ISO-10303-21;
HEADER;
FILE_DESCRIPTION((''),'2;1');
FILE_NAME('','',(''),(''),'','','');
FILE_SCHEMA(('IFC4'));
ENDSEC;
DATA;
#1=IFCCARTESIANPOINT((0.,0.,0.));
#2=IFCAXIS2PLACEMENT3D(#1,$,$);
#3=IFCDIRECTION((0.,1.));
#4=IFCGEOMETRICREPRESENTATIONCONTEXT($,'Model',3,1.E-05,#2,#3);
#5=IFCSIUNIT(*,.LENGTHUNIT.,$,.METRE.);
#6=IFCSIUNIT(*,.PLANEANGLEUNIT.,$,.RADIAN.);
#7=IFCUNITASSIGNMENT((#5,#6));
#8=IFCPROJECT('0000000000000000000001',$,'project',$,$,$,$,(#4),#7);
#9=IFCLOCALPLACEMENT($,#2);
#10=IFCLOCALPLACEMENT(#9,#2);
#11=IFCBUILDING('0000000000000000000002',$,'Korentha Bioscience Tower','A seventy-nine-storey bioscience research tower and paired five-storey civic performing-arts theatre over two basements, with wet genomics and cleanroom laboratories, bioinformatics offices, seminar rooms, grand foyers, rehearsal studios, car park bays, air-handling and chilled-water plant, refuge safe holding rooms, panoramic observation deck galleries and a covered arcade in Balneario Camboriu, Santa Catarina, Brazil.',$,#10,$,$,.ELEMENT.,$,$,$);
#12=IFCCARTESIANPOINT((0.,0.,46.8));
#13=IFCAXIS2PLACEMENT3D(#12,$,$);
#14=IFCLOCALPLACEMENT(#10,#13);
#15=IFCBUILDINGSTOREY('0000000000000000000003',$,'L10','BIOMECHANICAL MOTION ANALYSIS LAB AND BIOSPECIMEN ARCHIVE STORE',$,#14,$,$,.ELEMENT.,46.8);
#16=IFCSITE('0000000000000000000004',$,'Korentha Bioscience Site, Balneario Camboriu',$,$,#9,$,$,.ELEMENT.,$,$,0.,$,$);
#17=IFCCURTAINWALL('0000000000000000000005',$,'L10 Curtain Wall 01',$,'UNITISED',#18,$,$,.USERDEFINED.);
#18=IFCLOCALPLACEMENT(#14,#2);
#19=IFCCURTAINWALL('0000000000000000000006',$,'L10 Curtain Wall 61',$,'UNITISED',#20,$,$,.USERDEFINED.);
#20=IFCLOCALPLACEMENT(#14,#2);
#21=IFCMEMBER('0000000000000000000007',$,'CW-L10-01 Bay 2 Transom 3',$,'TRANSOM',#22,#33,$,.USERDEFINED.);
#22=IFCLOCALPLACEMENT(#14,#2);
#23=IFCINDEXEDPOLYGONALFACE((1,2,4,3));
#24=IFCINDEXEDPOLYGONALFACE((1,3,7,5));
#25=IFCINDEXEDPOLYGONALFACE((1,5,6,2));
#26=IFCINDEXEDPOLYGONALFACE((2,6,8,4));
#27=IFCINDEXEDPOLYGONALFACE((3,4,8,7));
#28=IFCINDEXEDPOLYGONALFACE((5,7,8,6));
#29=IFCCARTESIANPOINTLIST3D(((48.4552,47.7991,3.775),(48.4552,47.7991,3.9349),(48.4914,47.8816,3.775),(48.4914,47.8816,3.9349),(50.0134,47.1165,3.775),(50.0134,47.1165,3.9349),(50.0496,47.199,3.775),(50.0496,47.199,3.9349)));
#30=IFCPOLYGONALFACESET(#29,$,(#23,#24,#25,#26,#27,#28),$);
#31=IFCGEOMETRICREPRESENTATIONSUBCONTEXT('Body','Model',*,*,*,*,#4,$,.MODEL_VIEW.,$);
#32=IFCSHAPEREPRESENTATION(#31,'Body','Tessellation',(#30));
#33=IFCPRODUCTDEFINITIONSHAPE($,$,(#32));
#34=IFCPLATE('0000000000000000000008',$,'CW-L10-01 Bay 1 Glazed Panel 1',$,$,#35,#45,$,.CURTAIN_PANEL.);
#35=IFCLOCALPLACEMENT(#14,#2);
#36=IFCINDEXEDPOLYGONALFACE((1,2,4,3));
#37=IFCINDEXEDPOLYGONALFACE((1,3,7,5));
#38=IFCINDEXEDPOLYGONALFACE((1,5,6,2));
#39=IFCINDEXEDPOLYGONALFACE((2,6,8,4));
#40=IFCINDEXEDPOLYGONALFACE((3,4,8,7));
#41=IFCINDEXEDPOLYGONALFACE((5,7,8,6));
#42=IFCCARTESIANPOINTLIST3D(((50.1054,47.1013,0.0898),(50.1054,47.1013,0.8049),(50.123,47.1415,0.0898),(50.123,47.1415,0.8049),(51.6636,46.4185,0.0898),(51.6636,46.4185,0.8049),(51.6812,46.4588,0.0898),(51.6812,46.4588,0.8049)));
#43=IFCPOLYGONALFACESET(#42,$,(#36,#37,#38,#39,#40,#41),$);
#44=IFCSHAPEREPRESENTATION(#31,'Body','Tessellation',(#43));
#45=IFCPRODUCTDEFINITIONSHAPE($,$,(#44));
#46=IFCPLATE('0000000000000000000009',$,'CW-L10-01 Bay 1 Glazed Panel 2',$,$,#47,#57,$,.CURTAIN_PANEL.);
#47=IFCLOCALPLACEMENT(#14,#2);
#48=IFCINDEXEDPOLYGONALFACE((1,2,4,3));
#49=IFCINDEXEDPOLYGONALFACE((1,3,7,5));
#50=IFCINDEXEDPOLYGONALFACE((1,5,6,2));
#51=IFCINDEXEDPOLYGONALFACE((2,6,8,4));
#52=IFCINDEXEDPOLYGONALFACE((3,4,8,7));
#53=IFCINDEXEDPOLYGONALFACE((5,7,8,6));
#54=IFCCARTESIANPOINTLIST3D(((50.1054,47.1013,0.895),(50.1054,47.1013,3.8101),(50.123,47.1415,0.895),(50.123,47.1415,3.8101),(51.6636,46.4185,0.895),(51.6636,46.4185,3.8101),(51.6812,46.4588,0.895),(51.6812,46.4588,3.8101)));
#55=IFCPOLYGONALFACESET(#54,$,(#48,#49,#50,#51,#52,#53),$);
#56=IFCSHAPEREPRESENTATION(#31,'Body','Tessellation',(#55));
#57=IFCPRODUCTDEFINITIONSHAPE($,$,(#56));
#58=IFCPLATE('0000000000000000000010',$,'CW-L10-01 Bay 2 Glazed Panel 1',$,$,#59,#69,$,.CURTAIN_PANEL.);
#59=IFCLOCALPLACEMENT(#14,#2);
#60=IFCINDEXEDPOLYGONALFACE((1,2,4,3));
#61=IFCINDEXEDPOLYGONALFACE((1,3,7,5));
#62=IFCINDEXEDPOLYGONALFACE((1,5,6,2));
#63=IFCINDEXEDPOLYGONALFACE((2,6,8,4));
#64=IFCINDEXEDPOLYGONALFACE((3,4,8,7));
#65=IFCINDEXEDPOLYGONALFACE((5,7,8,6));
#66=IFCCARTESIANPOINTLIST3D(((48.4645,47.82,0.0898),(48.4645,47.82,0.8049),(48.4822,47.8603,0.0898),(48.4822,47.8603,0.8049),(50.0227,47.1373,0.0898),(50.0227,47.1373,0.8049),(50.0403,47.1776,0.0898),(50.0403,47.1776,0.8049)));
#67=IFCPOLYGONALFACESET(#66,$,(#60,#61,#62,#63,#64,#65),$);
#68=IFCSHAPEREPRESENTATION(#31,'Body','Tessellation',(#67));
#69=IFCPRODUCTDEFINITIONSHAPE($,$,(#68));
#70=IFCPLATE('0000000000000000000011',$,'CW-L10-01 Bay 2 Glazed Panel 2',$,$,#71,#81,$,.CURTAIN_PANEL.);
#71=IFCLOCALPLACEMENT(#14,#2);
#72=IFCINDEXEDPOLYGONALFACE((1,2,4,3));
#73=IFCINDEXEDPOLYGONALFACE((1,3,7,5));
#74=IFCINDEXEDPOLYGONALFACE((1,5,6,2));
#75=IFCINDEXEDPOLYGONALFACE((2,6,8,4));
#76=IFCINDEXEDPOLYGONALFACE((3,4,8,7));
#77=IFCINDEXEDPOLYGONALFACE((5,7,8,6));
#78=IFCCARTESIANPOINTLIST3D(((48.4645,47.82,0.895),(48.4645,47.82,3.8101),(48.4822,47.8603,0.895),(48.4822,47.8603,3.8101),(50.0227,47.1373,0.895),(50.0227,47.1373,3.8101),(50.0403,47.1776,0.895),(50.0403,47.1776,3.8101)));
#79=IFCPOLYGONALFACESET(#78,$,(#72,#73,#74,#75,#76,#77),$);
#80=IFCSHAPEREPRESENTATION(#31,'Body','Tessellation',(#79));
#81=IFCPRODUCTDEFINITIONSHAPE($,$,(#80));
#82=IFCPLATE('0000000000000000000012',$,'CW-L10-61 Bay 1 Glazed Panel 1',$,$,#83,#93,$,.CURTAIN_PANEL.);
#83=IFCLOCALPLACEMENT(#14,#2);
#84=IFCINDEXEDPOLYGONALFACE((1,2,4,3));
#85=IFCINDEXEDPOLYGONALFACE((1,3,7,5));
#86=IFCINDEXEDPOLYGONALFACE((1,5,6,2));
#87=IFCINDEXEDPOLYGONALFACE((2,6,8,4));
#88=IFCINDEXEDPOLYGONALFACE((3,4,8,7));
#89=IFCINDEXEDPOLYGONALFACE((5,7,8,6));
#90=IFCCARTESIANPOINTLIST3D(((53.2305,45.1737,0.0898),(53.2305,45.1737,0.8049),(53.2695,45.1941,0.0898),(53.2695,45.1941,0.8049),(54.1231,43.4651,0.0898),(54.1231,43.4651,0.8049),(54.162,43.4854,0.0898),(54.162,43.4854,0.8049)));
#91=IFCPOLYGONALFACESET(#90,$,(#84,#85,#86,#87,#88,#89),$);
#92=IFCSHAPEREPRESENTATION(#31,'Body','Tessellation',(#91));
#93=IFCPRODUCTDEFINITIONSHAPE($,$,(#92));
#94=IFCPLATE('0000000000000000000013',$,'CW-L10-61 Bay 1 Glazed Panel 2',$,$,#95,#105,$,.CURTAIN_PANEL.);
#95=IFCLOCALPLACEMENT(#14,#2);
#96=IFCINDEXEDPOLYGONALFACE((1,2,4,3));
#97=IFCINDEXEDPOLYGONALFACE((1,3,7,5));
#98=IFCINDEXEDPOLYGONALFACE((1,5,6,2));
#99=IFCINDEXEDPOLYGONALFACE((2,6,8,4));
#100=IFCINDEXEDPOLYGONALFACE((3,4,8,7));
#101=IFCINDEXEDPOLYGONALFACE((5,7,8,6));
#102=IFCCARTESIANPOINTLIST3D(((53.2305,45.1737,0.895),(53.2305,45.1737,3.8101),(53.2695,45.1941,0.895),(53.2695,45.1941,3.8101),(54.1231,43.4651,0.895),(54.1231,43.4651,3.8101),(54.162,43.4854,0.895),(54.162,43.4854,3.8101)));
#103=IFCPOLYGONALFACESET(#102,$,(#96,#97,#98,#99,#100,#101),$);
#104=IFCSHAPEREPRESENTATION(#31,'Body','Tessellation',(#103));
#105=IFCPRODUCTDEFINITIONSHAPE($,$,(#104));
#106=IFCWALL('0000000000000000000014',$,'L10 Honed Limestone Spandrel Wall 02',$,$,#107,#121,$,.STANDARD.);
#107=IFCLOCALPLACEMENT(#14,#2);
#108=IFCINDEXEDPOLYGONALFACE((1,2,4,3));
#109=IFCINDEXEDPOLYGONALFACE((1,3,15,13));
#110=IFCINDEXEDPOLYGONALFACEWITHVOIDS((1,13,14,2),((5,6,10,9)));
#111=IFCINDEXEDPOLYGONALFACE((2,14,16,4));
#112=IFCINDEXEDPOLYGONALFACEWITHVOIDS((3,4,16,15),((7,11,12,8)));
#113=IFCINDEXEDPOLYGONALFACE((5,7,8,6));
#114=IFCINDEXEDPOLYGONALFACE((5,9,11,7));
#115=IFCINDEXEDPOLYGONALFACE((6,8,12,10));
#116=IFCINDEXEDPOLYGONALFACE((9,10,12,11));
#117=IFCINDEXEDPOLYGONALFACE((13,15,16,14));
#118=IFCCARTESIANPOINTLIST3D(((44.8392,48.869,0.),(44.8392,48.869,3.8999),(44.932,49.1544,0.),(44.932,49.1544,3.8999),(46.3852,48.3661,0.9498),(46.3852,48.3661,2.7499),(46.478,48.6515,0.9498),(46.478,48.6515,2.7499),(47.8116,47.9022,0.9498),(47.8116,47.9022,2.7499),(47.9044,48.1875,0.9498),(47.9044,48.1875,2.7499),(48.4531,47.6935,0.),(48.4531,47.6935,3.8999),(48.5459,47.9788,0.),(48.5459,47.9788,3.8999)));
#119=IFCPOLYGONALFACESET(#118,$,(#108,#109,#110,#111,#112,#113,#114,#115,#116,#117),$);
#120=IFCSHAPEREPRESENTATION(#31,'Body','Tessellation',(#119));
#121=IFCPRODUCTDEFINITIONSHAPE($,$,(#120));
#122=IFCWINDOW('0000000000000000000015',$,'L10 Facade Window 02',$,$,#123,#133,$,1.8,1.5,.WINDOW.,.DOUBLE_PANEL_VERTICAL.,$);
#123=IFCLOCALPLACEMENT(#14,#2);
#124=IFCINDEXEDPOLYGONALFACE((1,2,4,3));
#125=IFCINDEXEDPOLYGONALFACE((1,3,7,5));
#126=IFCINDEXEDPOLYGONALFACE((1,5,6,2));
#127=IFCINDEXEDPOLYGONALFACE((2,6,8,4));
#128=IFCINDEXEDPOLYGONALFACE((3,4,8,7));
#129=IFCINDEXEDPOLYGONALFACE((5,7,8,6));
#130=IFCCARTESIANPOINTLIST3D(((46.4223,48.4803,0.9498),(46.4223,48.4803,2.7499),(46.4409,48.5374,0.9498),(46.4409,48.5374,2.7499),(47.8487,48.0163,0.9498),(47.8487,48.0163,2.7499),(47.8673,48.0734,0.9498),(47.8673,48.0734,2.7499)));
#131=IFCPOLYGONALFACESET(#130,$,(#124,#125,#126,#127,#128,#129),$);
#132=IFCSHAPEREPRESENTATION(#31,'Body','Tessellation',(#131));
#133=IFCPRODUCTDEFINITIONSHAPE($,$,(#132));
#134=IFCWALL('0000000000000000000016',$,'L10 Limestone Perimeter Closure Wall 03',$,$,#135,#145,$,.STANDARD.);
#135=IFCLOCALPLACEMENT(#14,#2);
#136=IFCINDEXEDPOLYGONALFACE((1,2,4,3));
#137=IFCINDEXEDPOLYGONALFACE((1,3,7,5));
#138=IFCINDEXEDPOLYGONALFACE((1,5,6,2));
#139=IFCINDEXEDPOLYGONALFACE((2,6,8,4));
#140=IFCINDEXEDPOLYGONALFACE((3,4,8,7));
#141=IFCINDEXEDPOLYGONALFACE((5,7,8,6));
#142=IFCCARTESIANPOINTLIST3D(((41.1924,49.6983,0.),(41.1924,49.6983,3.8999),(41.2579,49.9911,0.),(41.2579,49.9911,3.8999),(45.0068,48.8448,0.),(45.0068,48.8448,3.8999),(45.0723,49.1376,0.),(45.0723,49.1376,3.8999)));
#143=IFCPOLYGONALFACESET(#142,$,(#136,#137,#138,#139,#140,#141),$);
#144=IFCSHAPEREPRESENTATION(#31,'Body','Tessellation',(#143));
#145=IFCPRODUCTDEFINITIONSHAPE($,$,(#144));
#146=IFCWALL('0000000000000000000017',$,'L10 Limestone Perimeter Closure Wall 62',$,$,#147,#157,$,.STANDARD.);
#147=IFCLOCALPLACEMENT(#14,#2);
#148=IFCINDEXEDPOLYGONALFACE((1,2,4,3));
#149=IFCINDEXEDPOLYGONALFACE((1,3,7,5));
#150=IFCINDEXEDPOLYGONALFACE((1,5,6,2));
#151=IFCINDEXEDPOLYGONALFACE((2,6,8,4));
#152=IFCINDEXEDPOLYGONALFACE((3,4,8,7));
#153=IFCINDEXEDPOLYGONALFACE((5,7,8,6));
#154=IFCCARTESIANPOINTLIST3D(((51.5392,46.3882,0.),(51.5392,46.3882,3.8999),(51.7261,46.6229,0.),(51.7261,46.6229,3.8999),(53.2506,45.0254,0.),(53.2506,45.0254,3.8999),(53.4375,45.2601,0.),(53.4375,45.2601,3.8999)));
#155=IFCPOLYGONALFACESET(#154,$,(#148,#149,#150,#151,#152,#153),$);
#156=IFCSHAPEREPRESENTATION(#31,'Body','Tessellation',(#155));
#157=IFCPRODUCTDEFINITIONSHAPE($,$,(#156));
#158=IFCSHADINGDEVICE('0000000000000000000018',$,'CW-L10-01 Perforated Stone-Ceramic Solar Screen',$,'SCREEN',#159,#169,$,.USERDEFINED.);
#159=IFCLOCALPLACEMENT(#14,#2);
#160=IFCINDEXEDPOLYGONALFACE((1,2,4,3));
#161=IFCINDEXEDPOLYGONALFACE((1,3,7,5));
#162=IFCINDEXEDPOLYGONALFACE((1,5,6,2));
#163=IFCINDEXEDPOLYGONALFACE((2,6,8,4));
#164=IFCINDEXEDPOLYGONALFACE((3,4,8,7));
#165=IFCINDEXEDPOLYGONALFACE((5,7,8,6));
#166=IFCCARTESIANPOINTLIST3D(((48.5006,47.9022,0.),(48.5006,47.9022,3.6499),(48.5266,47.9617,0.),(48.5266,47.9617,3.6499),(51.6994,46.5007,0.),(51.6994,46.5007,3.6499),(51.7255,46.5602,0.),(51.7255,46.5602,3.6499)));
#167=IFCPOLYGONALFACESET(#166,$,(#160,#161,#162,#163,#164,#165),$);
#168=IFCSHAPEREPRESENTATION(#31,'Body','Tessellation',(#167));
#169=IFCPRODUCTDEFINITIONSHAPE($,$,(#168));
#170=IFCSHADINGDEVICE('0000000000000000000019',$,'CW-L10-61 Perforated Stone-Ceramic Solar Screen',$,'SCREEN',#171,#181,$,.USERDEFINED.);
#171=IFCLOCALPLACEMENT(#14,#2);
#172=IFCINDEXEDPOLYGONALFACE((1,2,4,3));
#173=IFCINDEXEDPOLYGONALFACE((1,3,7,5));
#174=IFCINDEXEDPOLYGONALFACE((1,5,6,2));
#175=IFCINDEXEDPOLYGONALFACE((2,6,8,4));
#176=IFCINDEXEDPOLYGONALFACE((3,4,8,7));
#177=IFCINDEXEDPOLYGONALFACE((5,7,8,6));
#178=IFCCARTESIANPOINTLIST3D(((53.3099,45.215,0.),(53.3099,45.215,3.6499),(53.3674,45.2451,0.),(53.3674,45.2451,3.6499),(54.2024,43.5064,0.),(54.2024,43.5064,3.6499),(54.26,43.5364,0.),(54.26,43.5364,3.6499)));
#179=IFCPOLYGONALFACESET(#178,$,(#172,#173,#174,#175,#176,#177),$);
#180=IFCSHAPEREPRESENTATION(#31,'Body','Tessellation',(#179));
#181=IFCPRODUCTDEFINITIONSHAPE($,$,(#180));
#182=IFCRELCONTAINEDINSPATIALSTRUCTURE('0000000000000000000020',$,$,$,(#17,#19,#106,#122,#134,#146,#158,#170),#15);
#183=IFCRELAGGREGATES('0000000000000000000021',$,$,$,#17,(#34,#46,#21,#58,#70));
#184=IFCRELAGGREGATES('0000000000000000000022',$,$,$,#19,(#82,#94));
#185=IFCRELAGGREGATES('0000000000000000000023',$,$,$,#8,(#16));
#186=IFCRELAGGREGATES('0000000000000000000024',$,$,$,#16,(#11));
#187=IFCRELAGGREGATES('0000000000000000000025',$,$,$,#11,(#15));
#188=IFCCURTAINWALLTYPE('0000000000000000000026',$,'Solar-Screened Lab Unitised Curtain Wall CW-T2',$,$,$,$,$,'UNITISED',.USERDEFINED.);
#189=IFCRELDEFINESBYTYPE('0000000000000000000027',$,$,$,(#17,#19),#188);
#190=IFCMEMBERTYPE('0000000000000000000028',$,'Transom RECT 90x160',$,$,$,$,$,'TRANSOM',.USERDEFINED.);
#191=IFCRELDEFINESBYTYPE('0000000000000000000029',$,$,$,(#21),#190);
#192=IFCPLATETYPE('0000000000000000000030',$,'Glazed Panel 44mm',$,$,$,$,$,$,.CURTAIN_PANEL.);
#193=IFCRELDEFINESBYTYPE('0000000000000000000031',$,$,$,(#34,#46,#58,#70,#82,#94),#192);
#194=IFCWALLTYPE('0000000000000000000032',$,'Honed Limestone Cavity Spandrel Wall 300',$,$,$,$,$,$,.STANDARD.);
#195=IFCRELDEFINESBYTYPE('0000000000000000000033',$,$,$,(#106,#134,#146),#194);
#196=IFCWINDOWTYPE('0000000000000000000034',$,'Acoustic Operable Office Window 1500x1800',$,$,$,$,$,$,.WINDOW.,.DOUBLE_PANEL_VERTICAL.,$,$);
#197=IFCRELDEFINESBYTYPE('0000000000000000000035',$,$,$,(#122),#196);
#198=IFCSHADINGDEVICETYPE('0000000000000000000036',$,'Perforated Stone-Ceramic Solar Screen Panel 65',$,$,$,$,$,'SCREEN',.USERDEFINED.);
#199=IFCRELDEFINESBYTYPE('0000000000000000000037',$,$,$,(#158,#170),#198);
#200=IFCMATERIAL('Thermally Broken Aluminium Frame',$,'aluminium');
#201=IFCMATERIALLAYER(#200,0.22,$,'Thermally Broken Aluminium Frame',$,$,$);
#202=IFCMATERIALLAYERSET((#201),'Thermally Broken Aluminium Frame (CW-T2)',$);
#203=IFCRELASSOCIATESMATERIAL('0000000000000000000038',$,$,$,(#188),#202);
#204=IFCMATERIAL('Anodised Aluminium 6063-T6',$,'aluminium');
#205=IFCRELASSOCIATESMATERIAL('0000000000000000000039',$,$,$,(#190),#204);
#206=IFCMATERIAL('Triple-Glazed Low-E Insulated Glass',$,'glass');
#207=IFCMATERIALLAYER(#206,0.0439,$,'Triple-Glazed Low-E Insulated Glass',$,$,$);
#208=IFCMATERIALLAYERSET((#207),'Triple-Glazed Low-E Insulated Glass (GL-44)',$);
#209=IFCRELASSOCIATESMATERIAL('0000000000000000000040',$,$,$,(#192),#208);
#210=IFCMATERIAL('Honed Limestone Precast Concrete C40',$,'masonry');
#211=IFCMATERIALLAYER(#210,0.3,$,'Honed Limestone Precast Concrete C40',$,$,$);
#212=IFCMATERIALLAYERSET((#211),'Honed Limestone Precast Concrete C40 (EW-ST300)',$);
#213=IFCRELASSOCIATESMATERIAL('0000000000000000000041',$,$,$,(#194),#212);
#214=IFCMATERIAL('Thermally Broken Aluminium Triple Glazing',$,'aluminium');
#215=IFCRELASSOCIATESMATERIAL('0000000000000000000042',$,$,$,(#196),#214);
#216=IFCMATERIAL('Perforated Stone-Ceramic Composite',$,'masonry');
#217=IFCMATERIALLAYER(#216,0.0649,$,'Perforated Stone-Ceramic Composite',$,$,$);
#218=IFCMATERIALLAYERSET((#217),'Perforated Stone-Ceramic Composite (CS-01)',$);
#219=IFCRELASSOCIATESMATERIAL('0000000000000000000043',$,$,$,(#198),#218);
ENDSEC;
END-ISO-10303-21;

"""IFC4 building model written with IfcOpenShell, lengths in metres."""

from ifc_helpers import new_model, si_unit, direction, frame, frame_2d, origin, origin_2d, place, context, subcontext, project, spatial, rectangle, extrude, material, layer, layer_set, material_profile, profile_set, type_object, element, fill, aggregate, save


model = new_model("IFC4")

# Units and contexts
model_context = context("Model", 3, precision=1e-05, world=origin(), true_north=direction((0.0, 1.0)))
body_context = subcontext(model_context, "Body", "Model", "MODEL_VIEW")
ifc_project = project(units=[si_unit("LENGTHUNIT", "METRE"), si_unit("PLANEANGLEUNIT", "RADIAN")], contexts=[model_context])

# Site, building, storey
site_placement = place(None, origin())
site = spatial("IfcSite", under=ifc_project, at=site_placement, Name="Korentha Bioscience Site, Balneario Camboriu", CompositionType="ELEMENT", RefElevation=0.0)
building_placement = place(site_placement, origin())
building = spatial("IfcBuilding", under=site, at=building_placement, Name="Korentha Bioscience Tower", Description="A seventy-nine-storey bioscience research tower and paired five-storey civic performing-arts theatre over two basements, with wet genomics and cleanroom laboratories, bioinformatics offices, seminar rooms, grand foyers, rehearsal studios, car park bays, air-handling and chilled-water plant, refuge safe holding rooms, panoramic observation deck galleries and a covered arcade in Balneario Camboriu, Santa Catarina, Brazil.", CompositionType="ELEMENT")
storey_placement = place(building_placement, frame((0.0, 0.0, 46.8)))
storey = spatial("IfcBuildingStorey", under=building, at=storey_placement, Name="L10", Description="BIOMECHANICAL MOTION ANALYSIS LAB AND BIOSPECIMEN ARCHIVE STORE", CompositionType="ELEMENT", Elevation=46.8)

# Curtain wall
ifc_material_1 = material(Name="Thermally Broken Aluminium Frame", Category="aluminium")
ifc_layer_1 = layer(ifc_material_1, 0.22, Name="Thermally Broken Aluminium Frame")
ifc_layer_set_1 = layer_set([ifc_layer_1], Name="Thermally Broken Aluminium Frame (CW-T2)")
curtain_wall_type = type_object("IfcCurtainWallType", Name="Solar-Screened Lab Unitised Curtain Wall CW-T2", ElementType="UNITISED", PredefinedType="USERDEFINED", material=ifc_layer_set_1)
curtain_wall_1_placement = place(storey_placement, origin())
curtain_wall_1 = element("IfcCurtainWall", 1, at=curtain_wall_1_placement, inside=storey, type_object=curtain_wall_type, Name="L10 Curtain Wall 01", ObjectType="UNITISED", PredefinedType="USERDEFINED")
ifc_material_2 = material(Name="Anodised Aluminium 6063-T6", Category="aluminium")

# Curtain wall
curtain_wall_2_placement = place(storey_placement, origin())
curtain_wall_2 = element("IfcCurtainWall", 2, at=curtain_wall_2_placement, inside=storey, type_object=curtain_wall_type, Name="L10 Curtain Wall 61", ObjectType="UNITISED", PredefinedType="USERDEFINED")

# Member
ifc_material_profile_1 = material_profile(ifc_material_2, rectangle(XDim=0.0901, YDim=0.1599, at=origin_2d()), Name="Anodised Aluminium 6063-T6")
ifc_profile_set_1 = profile_set([ifc_material_profile_1], Name="Anodised Aluminium 6063-T6 (CW-TRN)")
member_type_1 = type_object("IfcMemberType", Name="Transom RECT 90x160", ElementType="TRANSOM", PredefinedType="USERDEFINED", material=ifc_profile_set_1)
member_1_placement = place(storey_placement, frame((50.0315, 47.1577, 3.855), z_axis=(-0.915953, 0.401286, 0.0), x_axis=(-0.401286, -0.915953, 0.0)))
member_1 = element("IfcMember", 3, at=member_1_placement, type_object=member_type_1, Name="CW-L10-01 Bay 2 Transom 3", ObjectType="TRANSOM", PredefinedType="USERDEFINED", context=body_context, shape_type="SweptSolid", body=[
    extrude(rectangle(XDim=0.0901, YDim=0.1599, at=origin_2d()), origin(), (0.0, 0.0, 1.0), 1.7012),
])

# Plates
ifc_material_3 = material(Name="Triple-Glazed Low-E Insulated Glass", Category="glass")
ifc_layer_2 = layer(ifc_material_3, 0.0439, Name="Triple-Glazed Low-E Insulated Glass")
ifc_layer_set_2 = layer_set([ifc_layer_2], Name="Triple-Glazed Low-E Insulated Glass (GL-44)")
plate_type = type_object("IfcPlateType", Name="Glazed Panel 44mm", PredefinedType="CURTAIN_PANEL", material=ifc_layer_set_2)
plate_1_placement = place(storey_placement, frame((50.8933, 46.78, 0.0898), z_axis=(0.0, 0.0, 1.0), x_axis=(-0.915939, 0.401317, 0.0)))
plate_1 = element("IfcPlate", 4, at=plate_1_placement, type_object=plate_type, Name="CW-L10-01 Bay 1 Glazed Panel 1", PredefinedType="CURTAIN_PANEL", context=body_context, shape_type="SweptSolid", body=[
    extrude(rectangle(XDim=1.7012, YDim=0.0439, at=origin_2d()), origin(), (0.0, 0.0, 1.0), 0.7151),
])
plate_2_placement = place(storey_placement, frame((50.8933, 46.78, 0.895), z_axis=(0.0, 0.0, 1.0), x_axis=(-0.915939, 0.401317, 0.0)))
plate_2 = element("IfcPlate", 5, at=plate_2_placement, type_object=plate_type, Name="CW-L10-01 Bay 1 Glazed Panel 2", PredefinedType="CURTAIN_PANEL", context=body_context, shape_type="SweptSolid", body=[
    extrude(rectangle(XDim=1.7012, YDim=0.0439, at=origin_2d()), origin(), (0.0, 0.0, 1.0), 2.915),
])
plate_3_placement = place(storey_placement, frame((49.2524, 47.4988, 0.0898), z_axis=(0.0, 0.0, 1.0), x_axis=(-0.915939, 0.401317, 0.0)))
plate_3 = element("IfcPlate", 6, at=plate_3_placement, type_object=plate_type, Name="CW-L10-01 Bay 2 Glazed Panel 1", PredefinedType="CURTAIN_PANEL", context=body_context, shape_type="SweptSolid", body=[
    extrude(rectangle(XDim=1.7012, YDim=0.0439, at=origin_2d()), origin(), (0.0, 0.0, 1.0), 0.7151),
])
plate_4_placement = place(storey_placement, frame((49.2524, 47.4988, 0.895), z_axis=(0.0, 0.0, 1.0), x_axis=(-0.915939, 0.401317, 0.0)))
plate_4 = element("IfcPlate", 7, at=plate_4_placement, type_object=plate_type, Name="CW-L10-01 Bay 2 Glazed Panel 2", PredefinedType="CURTAIN_PANEL", context=body_context, shape_type="SweptSolid", body=[
    extrude(rectangle(XDim=1.7012, YDim=0.0439, at=origin_2d()), origin(), (0.0, 0.0, 1.0), 2.915),
])
aggregate(curtain_wall_1, [plate_1, plate_2, member_1, plate_3, plate_4])
plate_5_placement = place(storey_placement, frame((53.6963, 44.3296, 0.0898), z_axis=(0.0, 0.0, 1.0), x_axis=(-0.463009, 0.886354, 0.0)))
plate_5 = element("IfcPlate", 8, at=plate_5_placement, type_object=plate_type, Name="CW-L10-61 Bay 1 Glazed Panel 1", PredefinedType="CURTAIN_PANEL", context=body_context, shape_type="SweptSolid", body=[
    extrude(rectangle(XDim=1.9277, YDim=0.0439, at=origin_2d()), origin(), (0.0, 0.0, 1.0), 0.7151),
])
plate_6_placement = place(storey_placement, frame((53.6963, 44.3296, 0.895), z_axis=(0.0, 0.0, 1.0), x_axis=(-0.463009, 0.886354, 0.0)))
plate_6 = element("IfcPlate", 9, at=plate_6_placement, type_object=plate_type, Name="CW-L10-61 Bay 1 Glazed Panel 2", PredefinedType="CURTAIN_PANEL", context=body_context, shape_type="SweptSolid", body=[
    extrude(rectangle(XDim=1.9277, YDim=0.0439, at=origin_2d()), origin(), (0.0, 0.0, 1.0), 2.915),
])
aggregate(curtain_wall_2, [plate_5, plate_6])

# Wall, opening, window
ifc_material_4 = material(Name="Honed Limestone Precast Concrete C40", Category="masonry")
ifc_layer_3 = layer(ifc_material_4, 0.3, Name="Honed Limestone Precast Concrete C40")
ifc_layer_set_3 = layer_set([ifc_layer_3], Name="Honed Limestone Precast Concrete C40 (EW-ST300)")
wall_type = type_object("IfcWallType", Name="Honed Limestone Cavity Spandrel Wall 300", PredefinedType="STANDARD", material=ifc_layer_set_3)
wall_1_placement = place(storey_placement, frame((48.4995, 47.8362, 0.0), z_axis=(0.0, 0.0, 1.0), x_axis=(-0.950958, 0.30932, 0.0)))
wall_1 = element("IfcWall", 10, at=wall_1_placement, inside=storey, type_object=wall_type, Name="L10 Honed Limestone Spandrel Wall 02", PredefinedType="STANDARD", context=body_context, shape_type="SweptSolid", body=[
    extrude(rectangle(XDim=3.8003, YDim=0.3, at=frame_2d((1.9001, 0.0))), origin(), (0.0, 0.0, 1.0), 3.8999),
])
opening_placement = place(wall_1_placement, frame((0.6746, 0.0, 0.95)))
opening = element("IfcOpeningElement", 11, at=opening_placement, cuts=wall_1, PredefinedType="OPENING", context=body_context, shape_type="SweptSolid", body=[
    extrude(rectangle(XDim=1.5, YDim=1.8, at=frame_2d((0.75, 0.8999))), frame((0.0, 0.165, 0.0), z_axis=(0.0, -1.0, 0.0), x_axis=(1.0, 0.0, 0.0)), (0.0, 0.0, 1.0), 0.3298),
])
ifc_material_5 = material(Name="Thermally Broken Aluminium Triple Glazing", Category="aluminium")
window_type = type_object("IfcWindowType", Name="Acoustic Operable Office Window 1500x1800", PartitioningType="DOUBLE_PANEL_VERTICAL", PredefinedType="WINDOW", material=ifc_material_5)
window_placement = place(opening_placement, origin())
window = element("IfcWindow", 12, at=window_placement, inside=storey, type_object=window_type, Name="L10 Facade Window 02", OverallHeight=1.8, OverallWidth=1.5, PartitioningType="DOUBLE_PANEL_VERTICAL", PredefinedType="WINDOW", context=body_context, shape_type="SweptSolid", body=[
    extrude(rectangle(XDim=1.5, YDim=1.8, at=frame_2d((0.75, 0.8999))), frame((0.0, 0.03, 0.0), z_axis=(0.0, -1.0, 0.0), x_axis=(1.0, 0.0, 0.0)), (0.0, 0.0, 1.0), 0.0601),
])
fill(opening, window)

# Walls
wall_2_placement = place(storey_placement, frame((45.0396, 48.9912, 0.0), z_axis=(0.0, 0.0, 1.0), x_axis=(-0.975869, 0.218359, 0.0)))
element("IfcWall", 13, at=wall_2_placement, inside=storey, type_object=wall_type, Name="L10 Limestone Perimeter Closure Wall 03", PredefinedType="STANDARD", context=body_context, shape_type="SweptSolid", body=[
    extrude(rectangle(XDim=3.9087, YDim=0.3, at=frame_2d((1.9543, 0.0))), origin(), (0.0, 0.0, 1.0), 3.8999),
])
wall_3_placement = place(storey_placement, frame((53.344, 45.1428, 0.0), z_axis=(0.0, 0.0, 1.0), x_axis=(-0.782282, 0.622924, 0.0)))
element("IfcWall", 14, at=wall_3_placement, inside=storey, type_object=wall_type, Name="L10 Limestone Perimeter Closure Wall 62", PredefinedType="STANDARD", context=body_context, shape_type="SweptSolid", body=[
    extrude(rectangle(XDim=2.1877, YDim=0.3, at=frame_2d((1.0938, 0.0))), origin(), (0.0, 0.0, 1.0), 3.8999),
])

# Shading devices
ifc_material_6 = material(Name="Perforated Stone-Ceramic Composite", Category="masonry")
ifc_layer_4 = layer(ifc_material_6, 0.0649, Name="Perforated Stone-Ceramic Composite")
ifc_layer_set_4 = layer_set([ifc_layer_4], Name="Perforated Stone-Ceramic Composite (CS-01)")
shading_device_type_1 = type_object("IfcShadingDeviceType", Name="Perforated Stone-Ceramic Solar Screen Panel 65", ElementType="SCREEN", PredefinedType="USERDEFINED", material=ifc_layer_set_4)
shading_device_1_placement = place(storey_placement, frame((50.113, 47.2312, 0.0), z_axis=(0.0, 0.0, 1.0), x_axis=(-0.915939, 0.401317, 0.0)))
element("IfcShadingDevice", 15, at=shading_device_1_placement, inside=storey, type_object=shading_device_type_1, Name="CW-L10-01 Perforated Stone-Ceramic Solar Screen", ObjectType="SCREEN", PredefinedType="USERDEFINED", context=body_context, shape_type="SweptSolid", body=[
    extrude(rectangle(XDim=3.4924, YDim=0.0649, at=origin_2d()), origin(), (0.0, 0.0, 1.0), 3.6499),
])
shading_device_2_placement = place(storey_placement, frame((53.7849, 44.3757, 0.0), z_axis=(0.0, 0.0, 1.0), x_axis=(-0.463009, 0.886354, 0.0)))
element("IfcShadingDevice", 16, at=shading_device_2_placement, inside=storey, type_object=shading_device_type_1, Name="CW-L10-61 Perforated Stone-Ceramic Solar Screen", ObjectType="SCREEN", PredefinedType="USERDEFINED", context=body_context, shape_type="SweptSolid", body=[
    extrude(rectangle(XDim=1.9277, YDim=0.0649, at=origin_2d()), origin(), (0.0, 0.0, 1.0), 3.6499),
])

save(model, "model.ifc")
